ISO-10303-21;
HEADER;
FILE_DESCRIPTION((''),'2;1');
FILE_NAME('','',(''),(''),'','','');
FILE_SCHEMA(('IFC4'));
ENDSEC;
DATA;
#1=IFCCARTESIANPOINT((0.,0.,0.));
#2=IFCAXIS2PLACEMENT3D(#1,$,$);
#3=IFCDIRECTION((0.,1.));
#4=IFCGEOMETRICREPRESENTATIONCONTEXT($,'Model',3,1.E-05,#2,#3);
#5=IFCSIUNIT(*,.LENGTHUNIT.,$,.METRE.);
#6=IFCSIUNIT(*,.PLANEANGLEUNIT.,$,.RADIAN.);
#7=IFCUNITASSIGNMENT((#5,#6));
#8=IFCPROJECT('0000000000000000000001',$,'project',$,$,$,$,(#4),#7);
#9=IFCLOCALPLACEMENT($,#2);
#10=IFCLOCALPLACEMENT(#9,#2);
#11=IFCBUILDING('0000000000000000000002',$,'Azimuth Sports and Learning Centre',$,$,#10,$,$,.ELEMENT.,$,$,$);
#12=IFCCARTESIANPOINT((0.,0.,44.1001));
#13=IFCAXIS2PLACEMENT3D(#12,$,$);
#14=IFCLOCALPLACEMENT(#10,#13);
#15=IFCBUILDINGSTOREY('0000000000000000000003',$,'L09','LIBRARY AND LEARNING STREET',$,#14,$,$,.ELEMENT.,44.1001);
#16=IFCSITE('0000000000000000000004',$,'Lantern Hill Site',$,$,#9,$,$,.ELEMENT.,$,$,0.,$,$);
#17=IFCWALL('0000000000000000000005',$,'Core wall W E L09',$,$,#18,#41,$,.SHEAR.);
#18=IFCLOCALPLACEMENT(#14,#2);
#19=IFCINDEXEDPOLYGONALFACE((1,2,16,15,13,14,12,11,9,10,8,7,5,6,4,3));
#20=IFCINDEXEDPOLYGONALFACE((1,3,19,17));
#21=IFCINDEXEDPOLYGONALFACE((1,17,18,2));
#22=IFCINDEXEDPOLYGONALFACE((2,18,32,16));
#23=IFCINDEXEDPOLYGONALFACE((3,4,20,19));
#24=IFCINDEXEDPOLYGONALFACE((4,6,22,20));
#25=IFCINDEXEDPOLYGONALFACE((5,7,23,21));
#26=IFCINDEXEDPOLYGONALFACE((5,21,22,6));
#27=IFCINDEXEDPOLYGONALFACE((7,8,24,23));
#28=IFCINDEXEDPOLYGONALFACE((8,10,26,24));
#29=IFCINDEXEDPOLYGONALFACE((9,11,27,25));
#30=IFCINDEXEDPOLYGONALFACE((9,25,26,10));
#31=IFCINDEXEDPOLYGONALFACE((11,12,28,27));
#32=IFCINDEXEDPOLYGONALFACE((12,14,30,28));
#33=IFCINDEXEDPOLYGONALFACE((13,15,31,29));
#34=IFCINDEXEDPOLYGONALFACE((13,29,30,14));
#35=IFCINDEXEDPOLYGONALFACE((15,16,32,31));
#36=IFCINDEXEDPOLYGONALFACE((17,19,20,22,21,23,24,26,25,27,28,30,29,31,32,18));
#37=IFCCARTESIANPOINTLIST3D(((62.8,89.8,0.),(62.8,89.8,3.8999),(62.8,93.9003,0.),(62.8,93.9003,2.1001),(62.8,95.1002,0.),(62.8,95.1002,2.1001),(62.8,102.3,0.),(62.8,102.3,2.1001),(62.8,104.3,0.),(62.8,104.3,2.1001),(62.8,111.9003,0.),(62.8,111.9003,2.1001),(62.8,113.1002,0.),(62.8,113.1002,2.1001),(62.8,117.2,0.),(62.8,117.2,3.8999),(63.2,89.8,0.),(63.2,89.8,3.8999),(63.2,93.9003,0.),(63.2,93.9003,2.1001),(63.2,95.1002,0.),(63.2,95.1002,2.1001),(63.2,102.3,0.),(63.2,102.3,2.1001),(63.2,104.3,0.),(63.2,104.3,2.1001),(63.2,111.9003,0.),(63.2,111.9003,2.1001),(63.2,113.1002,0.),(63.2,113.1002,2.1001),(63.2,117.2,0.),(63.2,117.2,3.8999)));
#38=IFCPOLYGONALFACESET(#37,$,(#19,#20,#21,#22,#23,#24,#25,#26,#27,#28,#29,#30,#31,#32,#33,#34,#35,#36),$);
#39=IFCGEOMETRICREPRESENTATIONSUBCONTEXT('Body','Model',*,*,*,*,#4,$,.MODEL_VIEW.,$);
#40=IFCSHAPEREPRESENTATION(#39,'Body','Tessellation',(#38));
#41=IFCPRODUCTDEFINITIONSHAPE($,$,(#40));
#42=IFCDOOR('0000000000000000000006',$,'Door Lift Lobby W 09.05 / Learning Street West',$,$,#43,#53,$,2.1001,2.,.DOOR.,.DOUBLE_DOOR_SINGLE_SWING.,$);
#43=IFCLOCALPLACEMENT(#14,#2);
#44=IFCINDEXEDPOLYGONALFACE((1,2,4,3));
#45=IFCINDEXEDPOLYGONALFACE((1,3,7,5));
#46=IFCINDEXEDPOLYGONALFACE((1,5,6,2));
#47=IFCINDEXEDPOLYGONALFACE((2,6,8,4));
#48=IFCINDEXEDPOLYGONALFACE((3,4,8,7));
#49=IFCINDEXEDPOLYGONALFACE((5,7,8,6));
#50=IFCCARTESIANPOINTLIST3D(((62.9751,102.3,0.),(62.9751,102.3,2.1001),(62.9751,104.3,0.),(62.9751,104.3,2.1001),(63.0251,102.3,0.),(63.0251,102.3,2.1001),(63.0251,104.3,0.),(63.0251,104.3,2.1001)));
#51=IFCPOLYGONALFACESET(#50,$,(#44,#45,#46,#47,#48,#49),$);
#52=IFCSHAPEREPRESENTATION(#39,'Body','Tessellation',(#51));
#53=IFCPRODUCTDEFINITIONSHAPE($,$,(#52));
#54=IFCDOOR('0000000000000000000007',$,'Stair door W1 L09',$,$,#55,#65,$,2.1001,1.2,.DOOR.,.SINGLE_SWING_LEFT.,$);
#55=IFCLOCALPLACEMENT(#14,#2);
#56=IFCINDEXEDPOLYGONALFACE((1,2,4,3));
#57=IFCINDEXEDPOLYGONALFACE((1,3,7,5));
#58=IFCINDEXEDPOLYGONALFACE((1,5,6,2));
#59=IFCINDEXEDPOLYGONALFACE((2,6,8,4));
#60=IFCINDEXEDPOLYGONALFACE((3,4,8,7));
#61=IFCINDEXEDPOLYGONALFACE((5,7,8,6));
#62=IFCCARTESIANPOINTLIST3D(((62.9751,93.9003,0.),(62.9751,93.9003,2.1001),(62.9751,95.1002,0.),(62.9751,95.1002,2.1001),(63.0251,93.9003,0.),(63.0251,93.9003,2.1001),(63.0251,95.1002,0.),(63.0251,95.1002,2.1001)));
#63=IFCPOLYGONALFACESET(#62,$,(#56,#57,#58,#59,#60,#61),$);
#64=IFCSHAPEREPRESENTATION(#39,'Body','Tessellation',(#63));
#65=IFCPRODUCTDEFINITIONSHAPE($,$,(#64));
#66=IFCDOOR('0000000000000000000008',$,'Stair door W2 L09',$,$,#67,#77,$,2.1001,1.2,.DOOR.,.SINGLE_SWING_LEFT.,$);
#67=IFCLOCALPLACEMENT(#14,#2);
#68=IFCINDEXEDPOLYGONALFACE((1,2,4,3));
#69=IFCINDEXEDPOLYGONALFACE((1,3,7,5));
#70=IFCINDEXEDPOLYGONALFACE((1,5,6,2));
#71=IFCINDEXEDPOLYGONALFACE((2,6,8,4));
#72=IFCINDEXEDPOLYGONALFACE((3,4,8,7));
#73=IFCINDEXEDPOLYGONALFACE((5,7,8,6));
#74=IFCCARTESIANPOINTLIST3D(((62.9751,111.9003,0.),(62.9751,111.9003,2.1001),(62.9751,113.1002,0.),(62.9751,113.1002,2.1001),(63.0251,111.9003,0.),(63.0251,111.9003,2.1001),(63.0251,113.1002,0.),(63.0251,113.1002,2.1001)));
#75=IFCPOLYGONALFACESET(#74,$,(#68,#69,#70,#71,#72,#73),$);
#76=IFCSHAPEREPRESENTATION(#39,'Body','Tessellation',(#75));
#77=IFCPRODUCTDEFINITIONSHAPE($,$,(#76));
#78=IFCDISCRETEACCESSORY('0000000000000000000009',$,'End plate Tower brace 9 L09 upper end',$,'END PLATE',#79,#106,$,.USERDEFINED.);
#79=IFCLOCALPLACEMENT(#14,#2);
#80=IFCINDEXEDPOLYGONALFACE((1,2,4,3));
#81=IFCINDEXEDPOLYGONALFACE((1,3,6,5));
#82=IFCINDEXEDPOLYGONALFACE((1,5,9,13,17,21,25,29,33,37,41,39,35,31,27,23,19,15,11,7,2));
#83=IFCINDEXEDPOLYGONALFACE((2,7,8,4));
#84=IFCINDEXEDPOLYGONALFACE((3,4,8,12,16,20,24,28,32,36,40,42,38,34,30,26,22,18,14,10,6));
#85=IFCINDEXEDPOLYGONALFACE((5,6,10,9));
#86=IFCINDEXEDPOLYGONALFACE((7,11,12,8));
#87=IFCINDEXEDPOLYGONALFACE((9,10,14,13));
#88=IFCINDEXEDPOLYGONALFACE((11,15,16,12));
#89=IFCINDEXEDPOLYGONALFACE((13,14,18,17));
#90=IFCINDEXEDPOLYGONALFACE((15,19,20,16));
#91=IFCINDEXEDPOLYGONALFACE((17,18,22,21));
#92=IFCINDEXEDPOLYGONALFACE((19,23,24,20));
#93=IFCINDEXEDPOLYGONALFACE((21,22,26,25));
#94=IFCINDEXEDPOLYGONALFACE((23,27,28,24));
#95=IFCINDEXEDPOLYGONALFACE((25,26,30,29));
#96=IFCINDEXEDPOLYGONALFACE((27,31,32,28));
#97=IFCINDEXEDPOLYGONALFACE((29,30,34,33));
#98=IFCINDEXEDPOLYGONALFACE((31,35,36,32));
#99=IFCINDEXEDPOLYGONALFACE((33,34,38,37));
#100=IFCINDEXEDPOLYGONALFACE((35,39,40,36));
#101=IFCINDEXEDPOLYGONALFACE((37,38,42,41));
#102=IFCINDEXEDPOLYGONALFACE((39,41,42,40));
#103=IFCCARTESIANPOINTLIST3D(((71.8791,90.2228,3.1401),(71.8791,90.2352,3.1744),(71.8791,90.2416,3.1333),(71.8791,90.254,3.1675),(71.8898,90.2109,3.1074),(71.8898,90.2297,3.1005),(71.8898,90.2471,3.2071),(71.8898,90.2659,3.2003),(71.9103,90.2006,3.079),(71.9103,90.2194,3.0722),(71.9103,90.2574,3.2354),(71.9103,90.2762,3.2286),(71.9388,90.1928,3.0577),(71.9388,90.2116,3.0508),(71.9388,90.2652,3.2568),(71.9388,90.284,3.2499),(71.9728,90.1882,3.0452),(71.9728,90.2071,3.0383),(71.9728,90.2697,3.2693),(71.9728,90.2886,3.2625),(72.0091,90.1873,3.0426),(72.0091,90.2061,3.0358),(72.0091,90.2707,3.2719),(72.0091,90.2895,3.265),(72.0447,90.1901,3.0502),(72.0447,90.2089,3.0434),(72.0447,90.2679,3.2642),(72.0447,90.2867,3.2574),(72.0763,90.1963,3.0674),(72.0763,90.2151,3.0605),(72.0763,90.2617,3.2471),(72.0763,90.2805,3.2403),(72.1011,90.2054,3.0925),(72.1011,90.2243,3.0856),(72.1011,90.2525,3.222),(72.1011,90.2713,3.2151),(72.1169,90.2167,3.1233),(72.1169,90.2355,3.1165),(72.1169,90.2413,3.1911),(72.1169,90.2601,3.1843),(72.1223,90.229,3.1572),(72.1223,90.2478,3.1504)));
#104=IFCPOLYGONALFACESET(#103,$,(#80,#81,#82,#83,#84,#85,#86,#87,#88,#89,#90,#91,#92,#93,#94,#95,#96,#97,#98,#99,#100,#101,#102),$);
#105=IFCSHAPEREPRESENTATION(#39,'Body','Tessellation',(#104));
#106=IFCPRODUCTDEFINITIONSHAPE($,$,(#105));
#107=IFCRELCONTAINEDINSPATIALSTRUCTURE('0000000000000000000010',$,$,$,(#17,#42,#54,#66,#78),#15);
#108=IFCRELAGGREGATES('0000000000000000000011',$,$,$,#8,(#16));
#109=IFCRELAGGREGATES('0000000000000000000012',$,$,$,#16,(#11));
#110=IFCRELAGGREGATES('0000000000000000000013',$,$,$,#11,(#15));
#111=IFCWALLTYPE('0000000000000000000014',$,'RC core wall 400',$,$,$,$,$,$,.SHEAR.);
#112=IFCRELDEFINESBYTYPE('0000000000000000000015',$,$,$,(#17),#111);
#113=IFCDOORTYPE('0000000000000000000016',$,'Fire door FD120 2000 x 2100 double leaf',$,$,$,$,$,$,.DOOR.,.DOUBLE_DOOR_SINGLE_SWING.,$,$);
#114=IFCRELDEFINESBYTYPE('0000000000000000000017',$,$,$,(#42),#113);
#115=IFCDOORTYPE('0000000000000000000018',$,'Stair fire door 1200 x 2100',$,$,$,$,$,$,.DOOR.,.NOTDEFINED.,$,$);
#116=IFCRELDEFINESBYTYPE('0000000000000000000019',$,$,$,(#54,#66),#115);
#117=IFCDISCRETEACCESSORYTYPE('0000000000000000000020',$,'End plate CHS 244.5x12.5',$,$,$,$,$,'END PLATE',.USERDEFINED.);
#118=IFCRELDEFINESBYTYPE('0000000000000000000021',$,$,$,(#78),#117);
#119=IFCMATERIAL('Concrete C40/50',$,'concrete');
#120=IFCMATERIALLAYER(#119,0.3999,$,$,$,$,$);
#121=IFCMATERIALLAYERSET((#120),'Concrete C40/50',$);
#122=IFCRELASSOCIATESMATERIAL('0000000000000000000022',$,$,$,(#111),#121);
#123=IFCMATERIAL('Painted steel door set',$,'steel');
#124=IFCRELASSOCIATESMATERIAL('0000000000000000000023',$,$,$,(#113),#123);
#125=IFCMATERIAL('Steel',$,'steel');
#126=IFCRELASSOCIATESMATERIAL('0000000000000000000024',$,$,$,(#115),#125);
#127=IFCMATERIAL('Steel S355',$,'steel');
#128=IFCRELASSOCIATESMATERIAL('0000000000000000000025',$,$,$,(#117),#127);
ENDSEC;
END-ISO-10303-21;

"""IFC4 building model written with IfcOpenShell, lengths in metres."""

from ifc_helpers import new_model, si_unit, direction, frame, frame_2d, origin, origin_2d, place, context, subcontext, project, spatial, rectangle, circle, extrude, material, layer, layer_set, material_profile, profile_set, type_object, element, fill, save


model = new_model("IFC4")

# Units and contexts
model_context = context("Model", 3, precision=1e-05, world=origin(), true_north=direction((0.0, 1.0)))
body_context = subcontext(model_context, "Body", "Model", "MODEL_VIEW")
ifc_project = project(units=[si_unit("LENGTHUNIT", "METRE"), si_unit("PLANEANGLEUNIT", "RADIAN")], contexts=[model_context])

# Site, building, storey
site_placement = place(None, origin())
site = spatial("IfcSite", under=ifc_project, at=site_placement, Name="Lantern Hill Site", CompositionType="ELEMENT", RefElevation=0.0)
building_placement = place(site_placement, origin())
building = spatial("IfcBuilding", under=site, at=building_placement, Name="Azimuth Sports and Learning Centre", CompositionType="ELEMENT")
storey_placement = place(building_placement, frame((0.0, 0.0, 44.1001)))
storey = spatial("IfcBuildingStorey", under=building, at=storey_placement, Name="L09", Description="LIBRARY AND LEARNING STREET", CompositionType="ELEMENT", Elevation=44.1001)

# Wall, openings, doors
ifc_material_1 = material(Name="Concrete C40/50", Category="concrete")
ifc_layer_1 = layer(ifc_material_1, 0.3999)
ifc_layer_set_1 = layer_set([ifc_layer_1], Name="Concrete C40/50")
wall_type_1 = type_object("IfcWallType", Name="RC core wall 400", PredefinedType="SHEAR", material=ifc_layer_set_1)
wall_1_placement = place(storey_placement, frame((63.0, 89.8, 0.0), z_axis=(0.0, 0.0, 1.0), x_axis=(0.0, 1.0, 0.0)))
wall_1 = element("IfcWall", 1, at=wall_1_placement, inside=storey, type_object=wall_type_1, Name="Core wall W E L09", PredefinedType="SHEAR", context=body_context, shape_type="SweptSolid", body=[
    extrude(rectangle(XDim=27.3999, YDim=0.3999, at=frame_2d((13.7, 0.0))), origin(), (0.0, 0.0, 1.0), 3.8999),
])
opening_1_placement = place(wall_1_placement, frame((4.1001, 0.0, 0.0)))
opening_1 = element("IfcOpeningElement", 2, at=opening_1_placement, cuts=wall_1, PredefinedType="OPENING", context=body_context, shape_type="SweptSolid", body=[
    extrude(rectangle(XDim=1.2, YDim=2.1001, at=frame_2d((0.6001, 1.05))), frame((0.0, 0.2109, 0.0), z_axis=(0.0, -1.0, 0.0), x_axis=(1.0, 0.0, 0.0)), (0.0, 0.0, 1.0), 0.4219),
])
opening_2_placement = place(wall_1_placement, frame((22.1001, 0.0, 0.0)))
opening_2 = element("IfcOpeningElement", 3, at=opening_2_placement, cuts=wall_1, PredefinedType="OPENING", context=body_context, shape_type="SweptSolid", body=[
    extrude(rectangle(XDim=1.2, YDim=2.1001, at=frame_2d((0.6001, 1.05))), frame((0.0, 0.2109, 0.0), z_axis=(0.0, -1.0, 0.0), x_axis=(1.0, 0.0, 0.0)), (0.0, 0.0, 1.0), 0.4219),
])
opening_3_placement = place(wall_1_placement, frame((12.5, 0.0, 0.0)))
opening_3 = element("IfcOpeningElement", 4, at=opening_3_placement, cuts=wall_1, PredefinedType="OPENING", context=body_context, shape_type="SweptSolid", body=[
    extrude(rectangle(XDim=2.0, YDim=2.1001, at=frame_2d((1.0, 1.05))), frame((0.0, 0.2109, 0.0), z_axis=(0.0, -1.0, 0.0), x_axis=(1.0, 0.0, 0.0)), (0.0, 0.0, 1.0), 0.4219),
])
ifc_material_2 = material(Name="Painted steel door set", Category="steel")
door_type_1 = type_object("IfcDoorType", Name="Fire door FD120 2000 x 2100 double leaf", OperationType="DOUBLE_DOOR_SINGLE_SWING", PredefinedType="DOOR", material=ifc_material_2)
door_1_placement = place(opening_3_placement, origin())
door_1 = element("IfcDoor", 5, at=door_1_placement, inside=storey, type_object=door_type_1, Name="Door Lift Lobby W 09.05 / Learning Street West", OperationType="DOUBLE_DOOR_SINGLE_SWING", OverallHeight=2.1001, OverallWidth=2.0, PredefinedType="DOOR", context=body_context, shape_type="SweptSolid", body=[
    extrude(rectangle(XDim=2.0, YDim=2.1001, at=frame_2d((1.0, 1.05))), frame((0.0, 0.0249, 0.0), z_axis=(0.0, -1.0, 0.0), x_axis=(1.0, 0.0, 0.0)), (0.0, 0.0, 1.0), 0.05),
])
fill(opening_3, door_1)
ifc_material_3 = material(Name="Steel", Category="steel")
door_type_2 = type_object("IfcDoorType", Name="Stair fire door 1200 x 2100", OperationType="NOTDEFINED", PredefinedType="DOOR", material=ifc_material_3)
door_2_placement = place(opening_1_placement, origin())
door_2 = element("IfcDoor", 6, at=door_2_placement, inside=storey, type_object=door_type_2, Name="Stair door W1 L09", OperationType="SINGLE_SWING_LEFT", OverallHeight=2.1001, OverallWidth=1.2, PredefinedType="DOOR", context=body_context, shape_type="SweptSolid", body=[
    extrude(rectangle(XDim=1.2, YDim=2.1001, at=frame_2d((0.6001, 1.05))), frame((0.0, 0.0249, 0.0), z_axis=(0.0, -1.0, 0.0), x_axis=(1.0, 0.0, 0.0)), (0.0, 0.0, 1.0), 0.05),
])
fill(opening_1, door_2)
door_3_placement = place(opening_2_placement, origin())
door_3 = element("IfcDoor", 7, at=door_3_placement, inside=storey, type_object=door_type_2, Name="Stair door W2 L09", OperationType="SINGLE_SWING_LEFT", OverallHeight=2.1001, OverallWidth=1.2, PredefinedType="DOOR", context=body_context, shape_type="SweptSolid", body=[
    extrude(rectangle(XDim=1.2, YDim=2.1001, at=frame_2d((0.6001, 1.05))), frame((0.0, 0.0249, 0.0), z_axis=(0.0, -1.0, 0.0), x_axis=(1.0, 0.0, 0.0)), (0.0, 0.0, 1.0), 0.05),
])
fill(opening_2, door_3)

# Discrete accessory
ifc_material_4 = material(Name="Steel S355", Category="steel")
ifc_material_profile_1 = material_profile(ifc_material_4, circle(Radius=0.1223, at=origin_2d()), Name="PL 244 DISC")
ifc_profile_set_1 = profile_set([ifc_material_profile_1], Name="Steel S355")
discrete_accessory_type = type_object("IfcDiscreteAccessoryType", Name="End plate CHS 244.5x12.5", ElementType="END PLATE", PredefinedType="USERDEFINED", material=ifc_profile_set_1)
discrete_accessory_placement = place(storey_placement, frame((72.0, 90.2478, 3.1504), z_axis=(0.0, -0.939793, 0.341743), x_axis=(1.0, 0.0, 0.0)))
element("IfcDiscreteAccessory", 8, at=discrete_accessory_placement, inside=storey, type_object=discrete_accessory_type, Name="End plate Tower brace 9 L09 upper end", ObjectType="END PLATE", PredefinedType="USERDEFINED", context=body_context, shape_type="SweptSolid", body=[
    extrude(circle(Radius=0.1223, at=origin_2d()), origin(), (0.0, 0.0, 1.0), 0.02),
])

save(model, "model.ifc")
